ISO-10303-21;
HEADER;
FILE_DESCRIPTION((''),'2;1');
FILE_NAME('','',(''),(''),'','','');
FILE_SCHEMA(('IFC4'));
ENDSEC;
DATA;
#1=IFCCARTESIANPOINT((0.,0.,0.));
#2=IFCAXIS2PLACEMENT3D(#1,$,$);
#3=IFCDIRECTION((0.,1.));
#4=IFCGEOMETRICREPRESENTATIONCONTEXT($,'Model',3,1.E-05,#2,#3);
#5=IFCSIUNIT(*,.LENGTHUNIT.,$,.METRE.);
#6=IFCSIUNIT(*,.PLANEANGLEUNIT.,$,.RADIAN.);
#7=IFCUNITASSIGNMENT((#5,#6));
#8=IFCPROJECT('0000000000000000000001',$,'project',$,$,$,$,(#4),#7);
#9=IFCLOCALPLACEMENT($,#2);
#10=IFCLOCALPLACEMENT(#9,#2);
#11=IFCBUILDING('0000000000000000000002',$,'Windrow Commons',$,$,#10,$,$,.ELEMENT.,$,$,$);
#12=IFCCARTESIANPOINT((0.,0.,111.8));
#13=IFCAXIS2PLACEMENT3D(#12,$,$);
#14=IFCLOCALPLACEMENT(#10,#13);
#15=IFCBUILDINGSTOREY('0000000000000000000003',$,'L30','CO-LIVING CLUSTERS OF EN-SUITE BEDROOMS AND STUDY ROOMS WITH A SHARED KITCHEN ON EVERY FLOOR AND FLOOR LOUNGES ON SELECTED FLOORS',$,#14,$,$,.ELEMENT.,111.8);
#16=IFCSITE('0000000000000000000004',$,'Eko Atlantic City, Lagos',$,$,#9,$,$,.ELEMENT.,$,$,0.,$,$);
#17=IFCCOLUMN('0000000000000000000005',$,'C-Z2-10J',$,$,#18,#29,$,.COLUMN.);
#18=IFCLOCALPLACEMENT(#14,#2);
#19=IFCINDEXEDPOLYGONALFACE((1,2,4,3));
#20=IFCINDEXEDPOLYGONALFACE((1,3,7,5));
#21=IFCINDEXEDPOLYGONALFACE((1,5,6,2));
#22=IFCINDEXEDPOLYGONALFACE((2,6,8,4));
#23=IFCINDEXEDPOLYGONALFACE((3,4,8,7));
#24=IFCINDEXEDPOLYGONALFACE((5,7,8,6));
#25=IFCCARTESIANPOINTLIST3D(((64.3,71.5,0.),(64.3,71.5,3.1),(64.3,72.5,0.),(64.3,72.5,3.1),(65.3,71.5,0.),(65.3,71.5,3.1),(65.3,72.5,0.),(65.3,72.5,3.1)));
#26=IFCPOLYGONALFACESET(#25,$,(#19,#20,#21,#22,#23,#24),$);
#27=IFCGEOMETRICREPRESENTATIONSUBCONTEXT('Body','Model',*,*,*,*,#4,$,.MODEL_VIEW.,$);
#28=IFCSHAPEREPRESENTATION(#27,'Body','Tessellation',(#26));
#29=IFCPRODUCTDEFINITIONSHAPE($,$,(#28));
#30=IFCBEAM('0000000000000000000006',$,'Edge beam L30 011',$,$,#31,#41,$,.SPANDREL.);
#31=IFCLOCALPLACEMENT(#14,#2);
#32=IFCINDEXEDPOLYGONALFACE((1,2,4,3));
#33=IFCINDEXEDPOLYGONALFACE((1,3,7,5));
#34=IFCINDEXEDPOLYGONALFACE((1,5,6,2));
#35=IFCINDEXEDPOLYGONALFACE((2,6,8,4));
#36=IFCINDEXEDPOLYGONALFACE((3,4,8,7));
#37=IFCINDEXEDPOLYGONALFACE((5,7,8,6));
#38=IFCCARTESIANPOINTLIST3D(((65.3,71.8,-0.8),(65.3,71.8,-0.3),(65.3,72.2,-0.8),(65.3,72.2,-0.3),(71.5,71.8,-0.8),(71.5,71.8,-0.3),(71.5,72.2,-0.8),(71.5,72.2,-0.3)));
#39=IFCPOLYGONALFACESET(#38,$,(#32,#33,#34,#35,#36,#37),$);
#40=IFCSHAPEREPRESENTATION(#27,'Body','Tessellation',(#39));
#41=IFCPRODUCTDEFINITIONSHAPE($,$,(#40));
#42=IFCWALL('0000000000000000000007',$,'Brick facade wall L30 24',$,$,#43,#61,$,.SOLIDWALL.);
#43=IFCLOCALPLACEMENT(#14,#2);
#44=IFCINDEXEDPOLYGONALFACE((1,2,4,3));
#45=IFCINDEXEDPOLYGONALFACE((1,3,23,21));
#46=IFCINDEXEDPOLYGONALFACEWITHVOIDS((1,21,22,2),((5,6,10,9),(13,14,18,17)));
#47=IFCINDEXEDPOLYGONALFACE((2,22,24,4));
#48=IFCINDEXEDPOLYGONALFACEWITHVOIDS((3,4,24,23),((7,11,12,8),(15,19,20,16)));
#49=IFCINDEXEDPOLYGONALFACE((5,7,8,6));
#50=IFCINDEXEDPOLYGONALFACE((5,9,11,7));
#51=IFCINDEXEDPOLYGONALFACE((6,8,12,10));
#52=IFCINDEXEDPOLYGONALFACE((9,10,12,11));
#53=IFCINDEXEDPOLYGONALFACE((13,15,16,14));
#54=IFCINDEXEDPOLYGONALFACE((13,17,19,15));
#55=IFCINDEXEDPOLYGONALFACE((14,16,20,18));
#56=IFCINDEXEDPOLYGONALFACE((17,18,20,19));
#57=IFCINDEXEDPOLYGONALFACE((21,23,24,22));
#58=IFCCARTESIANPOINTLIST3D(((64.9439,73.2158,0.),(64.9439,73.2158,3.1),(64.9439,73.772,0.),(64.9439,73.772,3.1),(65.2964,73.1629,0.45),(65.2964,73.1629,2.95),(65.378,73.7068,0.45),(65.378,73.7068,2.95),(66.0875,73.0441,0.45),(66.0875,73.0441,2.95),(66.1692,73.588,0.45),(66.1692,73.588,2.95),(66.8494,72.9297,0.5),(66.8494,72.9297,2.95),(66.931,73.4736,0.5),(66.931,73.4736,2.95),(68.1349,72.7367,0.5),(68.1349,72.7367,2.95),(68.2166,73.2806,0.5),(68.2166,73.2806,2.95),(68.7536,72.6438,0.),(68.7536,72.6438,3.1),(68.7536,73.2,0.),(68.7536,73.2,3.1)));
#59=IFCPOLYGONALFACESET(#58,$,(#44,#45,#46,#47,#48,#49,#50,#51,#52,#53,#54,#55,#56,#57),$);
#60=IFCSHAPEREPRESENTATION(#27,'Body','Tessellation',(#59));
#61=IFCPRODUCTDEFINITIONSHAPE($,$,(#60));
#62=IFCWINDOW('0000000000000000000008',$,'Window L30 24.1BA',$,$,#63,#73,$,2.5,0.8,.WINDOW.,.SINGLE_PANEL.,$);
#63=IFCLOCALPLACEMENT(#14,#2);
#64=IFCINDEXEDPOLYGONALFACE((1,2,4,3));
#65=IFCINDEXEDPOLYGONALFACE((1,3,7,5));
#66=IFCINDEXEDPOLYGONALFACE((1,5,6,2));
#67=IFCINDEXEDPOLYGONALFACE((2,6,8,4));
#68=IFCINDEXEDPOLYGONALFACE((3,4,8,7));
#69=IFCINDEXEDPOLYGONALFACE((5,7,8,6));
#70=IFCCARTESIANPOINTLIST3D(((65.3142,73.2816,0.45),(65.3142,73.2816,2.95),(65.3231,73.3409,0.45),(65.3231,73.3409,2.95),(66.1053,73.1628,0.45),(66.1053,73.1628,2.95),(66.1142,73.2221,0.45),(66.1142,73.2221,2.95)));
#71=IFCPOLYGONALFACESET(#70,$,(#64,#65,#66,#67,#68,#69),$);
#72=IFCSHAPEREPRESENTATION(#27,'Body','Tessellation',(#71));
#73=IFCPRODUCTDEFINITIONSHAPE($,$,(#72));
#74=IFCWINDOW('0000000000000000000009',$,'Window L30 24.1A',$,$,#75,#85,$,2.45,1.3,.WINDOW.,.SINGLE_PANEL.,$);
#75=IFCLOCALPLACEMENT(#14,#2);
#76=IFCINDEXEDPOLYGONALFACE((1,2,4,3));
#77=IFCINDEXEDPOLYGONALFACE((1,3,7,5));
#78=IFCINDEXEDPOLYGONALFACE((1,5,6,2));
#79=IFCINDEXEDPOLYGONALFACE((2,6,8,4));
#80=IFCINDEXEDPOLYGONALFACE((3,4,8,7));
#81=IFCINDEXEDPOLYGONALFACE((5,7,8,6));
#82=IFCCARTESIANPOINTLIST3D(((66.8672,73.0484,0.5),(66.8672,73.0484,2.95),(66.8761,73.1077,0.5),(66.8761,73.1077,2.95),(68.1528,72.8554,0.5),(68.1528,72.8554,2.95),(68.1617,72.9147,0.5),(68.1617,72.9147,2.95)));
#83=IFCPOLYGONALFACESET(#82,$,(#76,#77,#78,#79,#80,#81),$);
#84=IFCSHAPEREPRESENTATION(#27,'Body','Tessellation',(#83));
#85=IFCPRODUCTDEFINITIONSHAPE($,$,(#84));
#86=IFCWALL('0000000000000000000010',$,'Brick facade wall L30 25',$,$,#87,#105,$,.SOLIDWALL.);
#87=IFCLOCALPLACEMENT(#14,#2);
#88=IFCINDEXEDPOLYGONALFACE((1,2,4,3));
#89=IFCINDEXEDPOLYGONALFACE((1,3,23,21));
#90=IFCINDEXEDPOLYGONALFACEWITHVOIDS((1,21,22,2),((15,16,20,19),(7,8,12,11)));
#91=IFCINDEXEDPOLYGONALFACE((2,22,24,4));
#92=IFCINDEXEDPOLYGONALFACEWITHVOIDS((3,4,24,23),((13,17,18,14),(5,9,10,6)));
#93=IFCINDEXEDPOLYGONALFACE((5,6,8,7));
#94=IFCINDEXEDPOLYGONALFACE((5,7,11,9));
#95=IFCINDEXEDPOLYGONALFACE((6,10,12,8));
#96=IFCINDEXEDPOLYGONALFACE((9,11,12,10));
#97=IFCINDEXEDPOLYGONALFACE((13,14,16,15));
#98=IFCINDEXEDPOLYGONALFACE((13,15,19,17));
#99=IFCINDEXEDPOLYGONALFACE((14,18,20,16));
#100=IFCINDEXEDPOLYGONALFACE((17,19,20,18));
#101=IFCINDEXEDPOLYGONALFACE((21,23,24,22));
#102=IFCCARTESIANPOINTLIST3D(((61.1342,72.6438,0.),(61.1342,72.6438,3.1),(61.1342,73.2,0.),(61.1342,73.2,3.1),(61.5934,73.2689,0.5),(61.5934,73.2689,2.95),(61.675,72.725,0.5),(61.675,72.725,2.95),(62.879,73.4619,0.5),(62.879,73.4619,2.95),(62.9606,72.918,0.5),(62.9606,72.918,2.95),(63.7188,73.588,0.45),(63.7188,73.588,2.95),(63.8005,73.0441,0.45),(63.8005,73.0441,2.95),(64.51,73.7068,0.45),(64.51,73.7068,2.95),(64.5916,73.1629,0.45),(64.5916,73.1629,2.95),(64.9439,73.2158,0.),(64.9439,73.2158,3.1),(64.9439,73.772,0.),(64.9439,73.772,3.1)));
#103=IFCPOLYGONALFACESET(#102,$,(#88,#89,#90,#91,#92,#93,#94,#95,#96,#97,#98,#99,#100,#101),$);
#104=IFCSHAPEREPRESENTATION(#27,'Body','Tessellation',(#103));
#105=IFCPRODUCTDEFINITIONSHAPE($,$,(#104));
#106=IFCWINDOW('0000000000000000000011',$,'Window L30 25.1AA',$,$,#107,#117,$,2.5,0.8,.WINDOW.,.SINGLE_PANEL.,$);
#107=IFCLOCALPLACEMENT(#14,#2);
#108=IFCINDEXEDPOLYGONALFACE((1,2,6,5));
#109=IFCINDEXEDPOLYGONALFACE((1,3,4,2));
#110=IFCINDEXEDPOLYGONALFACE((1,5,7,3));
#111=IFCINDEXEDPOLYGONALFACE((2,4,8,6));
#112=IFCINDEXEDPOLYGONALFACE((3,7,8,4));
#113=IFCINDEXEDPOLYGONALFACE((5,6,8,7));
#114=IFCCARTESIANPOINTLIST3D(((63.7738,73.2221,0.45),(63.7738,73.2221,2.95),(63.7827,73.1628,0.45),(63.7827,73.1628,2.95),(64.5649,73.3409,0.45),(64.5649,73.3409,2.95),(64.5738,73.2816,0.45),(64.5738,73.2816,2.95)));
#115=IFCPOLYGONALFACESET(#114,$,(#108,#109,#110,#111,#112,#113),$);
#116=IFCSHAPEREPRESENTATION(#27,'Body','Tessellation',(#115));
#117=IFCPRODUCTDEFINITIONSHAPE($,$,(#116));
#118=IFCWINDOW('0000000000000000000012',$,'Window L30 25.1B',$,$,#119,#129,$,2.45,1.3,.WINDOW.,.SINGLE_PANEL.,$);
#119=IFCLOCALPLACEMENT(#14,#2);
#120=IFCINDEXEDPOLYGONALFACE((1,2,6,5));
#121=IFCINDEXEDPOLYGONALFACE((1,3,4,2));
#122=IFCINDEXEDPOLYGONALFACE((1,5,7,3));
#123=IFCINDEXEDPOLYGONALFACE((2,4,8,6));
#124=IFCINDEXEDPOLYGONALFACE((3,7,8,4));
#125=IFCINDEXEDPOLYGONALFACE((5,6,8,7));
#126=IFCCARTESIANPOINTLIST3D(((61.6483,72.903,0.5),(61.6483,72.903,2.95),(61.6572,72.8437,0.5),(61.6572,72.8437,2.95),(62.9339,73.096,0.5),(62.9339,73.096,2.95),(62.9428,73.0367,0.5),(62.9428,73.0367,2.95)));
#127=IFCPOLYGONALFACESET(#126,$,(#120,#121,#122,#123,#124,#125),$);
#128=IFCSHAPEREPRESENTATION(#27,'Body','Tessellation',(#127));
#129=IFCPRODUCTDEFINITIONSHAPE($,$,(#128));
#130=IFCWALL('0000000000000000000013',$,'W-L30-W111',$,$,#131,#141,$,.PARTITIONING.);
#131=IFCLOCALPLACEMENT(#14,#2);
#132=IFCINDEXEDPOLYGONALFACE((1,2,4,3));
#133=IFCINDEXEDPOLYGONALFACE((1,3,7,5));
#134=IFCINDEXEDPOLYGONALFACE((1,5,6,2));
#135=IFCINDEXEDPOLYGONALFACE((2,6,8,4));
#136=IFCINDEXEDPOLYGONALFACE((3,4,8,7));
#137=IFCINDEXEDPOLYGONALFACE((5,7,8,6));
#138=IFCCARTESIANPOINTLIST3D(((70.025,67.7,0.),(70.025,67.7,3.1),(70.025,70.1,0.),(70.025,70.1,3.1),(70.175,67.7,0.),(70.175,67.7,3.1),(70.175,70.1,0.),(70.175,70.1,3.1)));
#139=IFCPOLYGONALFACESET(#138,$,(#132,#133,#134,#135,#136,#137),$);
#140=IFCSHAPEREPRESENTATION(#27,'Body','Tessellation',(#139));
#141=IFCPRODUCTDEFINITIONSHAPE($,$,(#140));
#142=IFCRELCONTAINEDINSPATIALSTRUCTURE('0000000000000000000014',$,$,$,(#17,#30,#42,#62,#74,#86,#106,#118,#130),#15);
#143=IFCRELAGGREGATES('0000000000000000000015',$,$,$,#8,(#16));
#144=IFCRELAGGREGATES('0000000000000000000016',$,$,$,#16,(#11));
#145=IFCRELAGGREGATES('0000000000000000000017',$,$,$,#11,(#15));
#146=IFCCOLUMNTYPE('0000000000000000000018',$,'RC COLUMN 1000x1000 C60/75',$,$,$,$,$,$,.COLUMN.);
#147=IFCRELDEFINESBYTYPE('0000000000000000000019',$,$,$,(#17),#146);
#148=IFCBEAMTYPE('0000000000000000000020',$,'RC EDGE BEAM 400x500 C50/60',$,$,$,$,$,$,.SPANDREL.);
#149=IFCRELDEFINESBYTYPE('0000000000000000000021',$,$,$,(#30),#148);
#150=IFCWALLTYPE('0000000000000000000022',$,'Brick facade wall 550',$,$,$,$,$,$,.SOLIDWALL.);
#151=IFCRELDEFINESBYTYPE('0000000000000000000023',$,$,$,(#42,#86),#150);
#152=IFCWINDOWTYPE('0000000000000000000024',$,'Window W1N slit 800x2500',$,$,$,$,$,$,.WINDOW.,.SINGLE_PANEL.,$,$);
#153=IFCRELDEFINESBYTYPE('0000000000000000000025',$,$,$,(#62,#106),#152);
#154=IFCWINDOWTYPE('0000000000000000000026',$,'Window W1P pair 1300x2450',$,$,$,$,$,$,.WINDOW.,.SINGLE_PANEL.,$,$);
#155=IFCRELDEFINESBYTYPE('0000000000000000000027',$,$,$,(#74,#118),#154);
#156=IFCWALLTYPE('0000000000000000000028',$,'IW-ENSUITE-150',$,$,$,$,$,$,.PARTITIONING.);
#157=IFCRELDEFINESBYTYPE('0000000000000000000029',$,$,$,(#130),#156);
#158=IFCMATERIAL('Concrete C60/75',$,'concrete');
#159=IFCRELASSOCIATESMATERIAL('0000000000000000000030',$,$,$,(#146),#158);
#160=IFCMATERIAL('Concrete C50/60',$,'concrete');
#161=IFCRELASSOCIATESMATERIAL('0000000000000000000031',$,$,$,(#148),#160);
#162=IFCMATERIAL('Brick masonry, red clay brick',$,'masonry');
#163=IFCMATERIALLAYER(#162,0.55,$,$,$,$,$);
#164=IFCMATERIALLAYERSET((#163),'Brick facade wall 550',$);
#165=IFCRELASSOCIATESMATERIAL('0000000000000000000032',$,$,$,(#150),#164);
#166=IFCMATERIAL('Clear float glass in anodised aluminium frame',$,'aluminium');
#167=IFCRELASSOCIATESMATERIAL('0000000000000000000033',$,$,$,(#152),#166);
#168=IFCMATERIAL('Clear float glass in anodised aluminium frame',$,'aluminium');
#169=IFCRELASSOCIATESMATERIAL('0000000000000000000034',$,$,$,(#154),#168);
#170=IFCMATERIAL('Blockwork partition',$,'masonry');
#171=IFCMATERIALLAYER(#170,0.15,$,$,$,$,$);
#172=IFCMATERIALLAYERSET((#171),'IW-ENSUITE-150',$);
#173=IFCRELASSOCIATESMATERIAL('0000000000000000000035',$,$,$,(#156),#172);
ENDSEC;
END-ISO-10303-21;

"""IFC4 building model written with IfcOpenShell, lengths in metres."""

from ifc_helpers import new_model, si_unit, direction, frame, frame_2d, origin, origin_2d, place, context, subcontext, project, spatial, polyline, rectangle, outline, extrude, material, layer, layer_set, material_profile, profile_set, type_object, element, fill, save


model = new_model("IFC4")

# Units and contexts
model_context = context("Model", 3, precision=1e-05, world=origin(), true_north=direction((0.0, 1.0)))
body_context = subcontext(model_context, "Body", "Model", "MODEL_VIEW")
ifc_project = project(units=[si_unit("LENGTHUNIT", "METRE"), si_unit("PLANEANGLEUNIT", "RADIAN")], contexts=[model_context])

# Site, building, storey
site_placement = place(None, origin())
site = spatial("IfcSite", under=ifc_project, at=site_placement, Name="Eko Atlantic City, Lagos", CompositionType="ELEMENT", RefElevation=0.0)
building_placement = place(site_placement, origin())
building = spatial("IfcBuilding", under=site, at=building_placement, Name="Windrow Commons", CompositionType="ELEMENT")
storey_placement = place(building_placement, frame((0.0, 0.0, 111.8)))
storey = spatial("IfcBuildingStorey", under=building, at=storey_placement, Name="L30", Description="CO-LIVING CLUSTERS OF EN-SUITE BEDROOMS AND STUDY ROOMS WITH A SHARED KITCHEN ON EVERY FLOOR AND FLOOR LOUNGES ON SELECTED FLOORS", CompositionType="ELEMENT", Elevation=111.8)

# Column
ifc_material_1 = material(Name="Concrete C60/75", Category="concrete")
ifc_material_profile_1 = material_profile(ifc_material_1, rectangle(XDim=1.0, YDim=1.0, at=origin_2d()))
ifc_profile_set_1 = profile_set([ifc_material_profile_1], Name="Concrete C60/75")
column_type = type_object("IfcColumnType", Name="RC COLUMN 1000x1000 C60/75", PredefinedType="COLUMN", material=ifc_profile_set_1)
column_placement = place(storey_placement, frame((64.8, 72.0, 0.0), z_axis=(0.0, 0.0, 1.0), x_axis=(1.0, 0.0, 0.0)))
element("IfcColumn", 1, at=column_placement, inside=storey, type_object=column_type, Name="C-Z2-10J", PredefinedType="COLUMN", context=body_context, shape_type="SweptSolid", body=[
    extrude(rectangle(XDim=1.0, YDim=1.0, at=origin_2d()), origin(), (0.0, 0.0, 1.0), 3.1),
])

# Beam
ifc_material_2 = material(Name="Concrete C50/60", Category="concrete")
ifc_material_profile_2 = material_profile(ifc_material_2, rectangle(XDim=0.4, YDim=0.5, at=origin_2d()))
ifc_profile_set_2 = profile_set([ifc_material_profile_2], Name="Concrete C50/60")
beam_type = type_object("IfcBeamType", Name="RC EDGE BEAM 400x500 C50/60", PredefinedType="SPANDREL", material=ifc_profile_set_2)
beam_placement = place(storey_placement, frame((65.3, 72.0, -0.55), z_axis=(1.0, 0.0, 0.0), x_axis=(0.0, 1.0, 0.0)))
element("IfcBeam", 2, at=beam_placement, inside=storey, type_object=beam_type, Name="Edge beam L30 011", PredefinedType="SPANDREL", context=body_context, shape_type="SweptSolid", body=[
    extrude(rectangle(XDim=0.4, YDim=0.5, at=origin_2d()), origin(), (0.0, 0.0, 1.0), 6.2),
])

# Walls, openings, windows
ifc_material_3 = material(Name="Brick masonry, red clay brick", Category="masonry")
ifc_layer_1 = layer(ifc_material_3, 0.55)
ifc_layer_set_1 = layer_set([ifc_layer_1], Name="Brick facade wall 550")
wall_type_1 = type_object("IfcWallType", Name="Brick facade wall 550", PredefinedType="SOLIDWALL", material=ifc_layer_set_1)
wall_1_placement = place(storey_placement, frame((68.7536, 72.9219, 0.0), z_axis=(0.0, 0.0, 1.0), x_axis=(-0.988916, 0.148479, 0.0)))
wall_1 = element("IfcWall", 3, at=wall_1_placement, inside=storey, type_object=wall_type_1, Name="Brick facade wall L30 24", PredefinedType="SOLIDWALL", context=body_context, shape_type="SweptSolid", body=[
    extrude(outline(polyline([(0.0413, -0.275), (3.8937, -0.275), (3.8111, 0.275), (-0.0413, 0.275), (0.0413, -0.275)])), origin(), (0.0, 0.0, 1.0), 3.1),
])
opening_1_placement = place(wall_1_placement, frame((0.5843, 0.0, 0.5)))
opening_1 = element("IfcOpeningElement", 4, at=opening_1_placement, cuts=wall_1, PredefinedType="OPENING", context=body_context, shape_type="SweptSolid", body=[
    extrude(rectangle(XDim=1.3, YDim=2.45, at=frame_2d((0.65, 1.225))), frame((0.0, 0.285, 0.0), z_axis=(0.0, -1.0, 0.0), x_axis=(1.0, 0.0, 0.0)), (0.0, 0.0, 1.0), 0.57),
])
opening_2_placement = place(wall_1_placement, frame((2.6547, 0.0, 0.45)))
opening_2 = element("IfcOpeningElement", 5, at=opening_2_placement, cuts=wall_1, PredefinedType="OPENING", context=body_context, shape_type="SweptSolid", body=[
    extrude(rectangle(XDim=0.8, YDim=2.5, at=frame_2d((0.4, 1.25))), frame((0.0, 0.285, 0.0), z_axis=(0.0, -1.0, 0.0), x_axis=(1.0, 0.0, 0.0)), (0.0, 0.0, 1.0), 0.57),
])
ifc_material_4 = material(Name="Clear float glass in anodised aluminium frame", Category="aluminium")
window_type_1 = type_object("IfcWindowType", Name="Window W1N slit 800x2500", PartitioningType="SINGLE_PANEL", PredefinedType="WINDOW", material=ifc_material_4)
window_1_placement = place(opening_2_placement, origin())
window_1 = element("IfcWindow", 6, at=window_1_placement, inside=storey, type_object=window_type_1, Name="Window L30 24.1BA", OverallHeight=2.5, OverallWidth=0.8, PartitioningType="SINGLE_PANEL", PredefinedType="WINDOW", context=body_context, shape_type="SweptSolid", body=[
    extrude(rectangle(XDim=0.8, YDim=2.5, at=frame_2d((0.4, 1.25))), frame((0.0, 0.155, 0.0), z_axis=(0.0, -1.0, 0.0), x_axis=(1.0, 0.0, 0.0)), (0.0, 0.0, 1.0), 0.06),
])
fill(opening_2, window_1)
ifc_material_5 = material(Name="Clear float glass in anodised aluminium frame", Category="aluminium")
window_type_2 = type_object("IfcWindowType", Name="Window W1P pair 1300x2450", PartitioningType="SINGLE_PANEL", PredefinedType="WINDOW", material=ifc_material_5)
window_2_placement = place(opening_1_placement, origin())
window_2 = element("IfcWindow", 7, at=window_2_placement, inside=storey, type_object=window_type_2, Name="Window L30 24.1A", OverallHeight=2.45, OverallWidth=1.3, PartitioningType="SINGLE_PANEL", PredefinedType="WINDOW", context=body_context, shape_type="SweptSolid", body=[
    extrude(rectangle(XDim=1.3, YDim=2.45, at=frame_2d((0.65, 1.225))), frame((0.0, 0.155, 0.0), z_axis=(0.0, -1.0, 0.0), x_axis=(1.0, 0.0, 0.0)), (0.0, 0.0, 1.0), 0.06),
])
fill(opening_1, window_2)
wall_2_placement = place(storey_placement, frame((64.9439, 73.4939, 0.0), z_axis=(0.0, 0.0, 1.0), x_axis=(-0.988915, -0.148483, 0.0)))
wall_2 = element("IfcWall", 8, at=wall_2_placement, inside=storey, type_object=wall_type_1, Name="Brick facade wall L30 25", PredefinedType="SOLIDWALL", context=body_context, shape_type="SweptSolid", body=[
    extrude(outline(polyline([(-0.0413, -0.275), (3.8111, -0.275), (3.8937, 0.275), (0.0413, 0.275), (-0.0413, -0.275)])), origin(), (0.0, 0.0, 1.0), 3.1),
])
opening_3_placement = place(wall_2_placement, frame((2.0468, 0.0, 0.5)))
opening_3 = element("IfcOpeningElement", 9, at=opening_3_placement, cuts=wall_2, PredefinedType="OPENING", context=body_context, shape_type="SweptSolid", body=[
    extrude(rectangle(XDim=1.3, YDim=2.45, at=frame_2d((0.65, 1.225))), frame((0.0, 0.285, 0.0), z_axis=(0.0, -1.0, 0.0), x_axis=(1.0, 0.0, 0.0)), (0.0, 0.0, 1.0), 0.57),
])
opening_4_placement = place(wall_2_placement, frame((0.3975, 0.0, 0.45)))
opening_4 = element("IfcOpeningElement", 10, at=opening_4_placement, cuts=wall_2, PredefinedType="OPENING", context=body_context, shape_type="SweptSolid", body=[
    extrude(rectangle(XDim=0.8, YDim=2.5, at=frame_2d((0.4, 1.25))), frame((0.0, 0.285, 0.0), z_axis=(0.0, -1.0, 0.0), x_axis=(1.0, 0.0, 0.0)), (0.0, 0.0, 1.0), 0.57),
])
window_3_placement = place(opening_4_placement, origin())
window_3 = element("IfcWindow", 11, at=window_3_placement, inside=storey, type_object=window_type_1, Name="Window L30 25.1AA", OverallHeight=2.5, OverallWidth=0.8, PartitioningType="SINGLE_PANEL", PredefinedType="WINDOW", context=body_context, shape_type="SweptSolid", body=[
    extrude(rectangle(XDim=0.8, YDim=2.5, at=frame_2d((0.4, 1.25))), frame((0.0, 0.155, 0.0), z_axis=(0.0, -1.0, 0.0), x_axis=(1.0, 0.0, 0.0)), (0.0, 0.0, 1.0), 0.06),
])
fill(opening_4, window_3)
window_4_placement = place(opening_3_placement, origin())
window_4 = element("IfcWindow", 12, at=window_4_placement, inside=storey, type_object=window_type_2, Name="Window L30 25.1B", OverallHeight=2.45, OverallWidth=1.3, PartitioningType="SINGLE_PANEL", PredefinedType="WINDOW", context=body_context, shape_type="SweptSolid", body=[
    extrude(rectangle(XDim=1.3, YDim=2.45, at=frame_2d((0.65, 1.225))), frame((0.0, 0.155, 0.0), z_axis=(0.0, -1.0, 0.0), x_axis=(1.0, 0.0, 0.0)), (0.0, 0.0, 1.0), 0.06),
])
fill(opening_3, window_4)

# Wall
ifc_material_6 = material(Name="Blockwork partition", Category="masonry")
ifc_layer_2 = layer(ifc_material_6, 0.15)
ifc_layer_set_2 = layer_set([ifc_layer_2], Name="IW-ENSUITE-150")
wall_type_2 = type_object("IfcWallType", Name="IW-ENSUITE-150", PredefinedType="PARTITIONING", material=ifc_layer_set_2)
wall_3_placement = place(storey_placement, frame((70.1, 67.7, 0.0), z_axis=(0.0, 0.0, 1.0), x_axis=(0.0, 1.0, 0.0)))
element("IfcWall", 13, at=wall_3_placement, inside=storey, type_object=wall_type_2, Name="W-L30-W111", PredefinedType="PARTITIONING", context=body_context, shape_type="SweptSolid", body=[
    extrude(rectangle(XDim=2.4, YDim=0.15, at=frame_2d((1.2, 0.0))), origin(), (0.0, 0.0, 1.0), 3.1),
])

save(model, "model.ifc")
